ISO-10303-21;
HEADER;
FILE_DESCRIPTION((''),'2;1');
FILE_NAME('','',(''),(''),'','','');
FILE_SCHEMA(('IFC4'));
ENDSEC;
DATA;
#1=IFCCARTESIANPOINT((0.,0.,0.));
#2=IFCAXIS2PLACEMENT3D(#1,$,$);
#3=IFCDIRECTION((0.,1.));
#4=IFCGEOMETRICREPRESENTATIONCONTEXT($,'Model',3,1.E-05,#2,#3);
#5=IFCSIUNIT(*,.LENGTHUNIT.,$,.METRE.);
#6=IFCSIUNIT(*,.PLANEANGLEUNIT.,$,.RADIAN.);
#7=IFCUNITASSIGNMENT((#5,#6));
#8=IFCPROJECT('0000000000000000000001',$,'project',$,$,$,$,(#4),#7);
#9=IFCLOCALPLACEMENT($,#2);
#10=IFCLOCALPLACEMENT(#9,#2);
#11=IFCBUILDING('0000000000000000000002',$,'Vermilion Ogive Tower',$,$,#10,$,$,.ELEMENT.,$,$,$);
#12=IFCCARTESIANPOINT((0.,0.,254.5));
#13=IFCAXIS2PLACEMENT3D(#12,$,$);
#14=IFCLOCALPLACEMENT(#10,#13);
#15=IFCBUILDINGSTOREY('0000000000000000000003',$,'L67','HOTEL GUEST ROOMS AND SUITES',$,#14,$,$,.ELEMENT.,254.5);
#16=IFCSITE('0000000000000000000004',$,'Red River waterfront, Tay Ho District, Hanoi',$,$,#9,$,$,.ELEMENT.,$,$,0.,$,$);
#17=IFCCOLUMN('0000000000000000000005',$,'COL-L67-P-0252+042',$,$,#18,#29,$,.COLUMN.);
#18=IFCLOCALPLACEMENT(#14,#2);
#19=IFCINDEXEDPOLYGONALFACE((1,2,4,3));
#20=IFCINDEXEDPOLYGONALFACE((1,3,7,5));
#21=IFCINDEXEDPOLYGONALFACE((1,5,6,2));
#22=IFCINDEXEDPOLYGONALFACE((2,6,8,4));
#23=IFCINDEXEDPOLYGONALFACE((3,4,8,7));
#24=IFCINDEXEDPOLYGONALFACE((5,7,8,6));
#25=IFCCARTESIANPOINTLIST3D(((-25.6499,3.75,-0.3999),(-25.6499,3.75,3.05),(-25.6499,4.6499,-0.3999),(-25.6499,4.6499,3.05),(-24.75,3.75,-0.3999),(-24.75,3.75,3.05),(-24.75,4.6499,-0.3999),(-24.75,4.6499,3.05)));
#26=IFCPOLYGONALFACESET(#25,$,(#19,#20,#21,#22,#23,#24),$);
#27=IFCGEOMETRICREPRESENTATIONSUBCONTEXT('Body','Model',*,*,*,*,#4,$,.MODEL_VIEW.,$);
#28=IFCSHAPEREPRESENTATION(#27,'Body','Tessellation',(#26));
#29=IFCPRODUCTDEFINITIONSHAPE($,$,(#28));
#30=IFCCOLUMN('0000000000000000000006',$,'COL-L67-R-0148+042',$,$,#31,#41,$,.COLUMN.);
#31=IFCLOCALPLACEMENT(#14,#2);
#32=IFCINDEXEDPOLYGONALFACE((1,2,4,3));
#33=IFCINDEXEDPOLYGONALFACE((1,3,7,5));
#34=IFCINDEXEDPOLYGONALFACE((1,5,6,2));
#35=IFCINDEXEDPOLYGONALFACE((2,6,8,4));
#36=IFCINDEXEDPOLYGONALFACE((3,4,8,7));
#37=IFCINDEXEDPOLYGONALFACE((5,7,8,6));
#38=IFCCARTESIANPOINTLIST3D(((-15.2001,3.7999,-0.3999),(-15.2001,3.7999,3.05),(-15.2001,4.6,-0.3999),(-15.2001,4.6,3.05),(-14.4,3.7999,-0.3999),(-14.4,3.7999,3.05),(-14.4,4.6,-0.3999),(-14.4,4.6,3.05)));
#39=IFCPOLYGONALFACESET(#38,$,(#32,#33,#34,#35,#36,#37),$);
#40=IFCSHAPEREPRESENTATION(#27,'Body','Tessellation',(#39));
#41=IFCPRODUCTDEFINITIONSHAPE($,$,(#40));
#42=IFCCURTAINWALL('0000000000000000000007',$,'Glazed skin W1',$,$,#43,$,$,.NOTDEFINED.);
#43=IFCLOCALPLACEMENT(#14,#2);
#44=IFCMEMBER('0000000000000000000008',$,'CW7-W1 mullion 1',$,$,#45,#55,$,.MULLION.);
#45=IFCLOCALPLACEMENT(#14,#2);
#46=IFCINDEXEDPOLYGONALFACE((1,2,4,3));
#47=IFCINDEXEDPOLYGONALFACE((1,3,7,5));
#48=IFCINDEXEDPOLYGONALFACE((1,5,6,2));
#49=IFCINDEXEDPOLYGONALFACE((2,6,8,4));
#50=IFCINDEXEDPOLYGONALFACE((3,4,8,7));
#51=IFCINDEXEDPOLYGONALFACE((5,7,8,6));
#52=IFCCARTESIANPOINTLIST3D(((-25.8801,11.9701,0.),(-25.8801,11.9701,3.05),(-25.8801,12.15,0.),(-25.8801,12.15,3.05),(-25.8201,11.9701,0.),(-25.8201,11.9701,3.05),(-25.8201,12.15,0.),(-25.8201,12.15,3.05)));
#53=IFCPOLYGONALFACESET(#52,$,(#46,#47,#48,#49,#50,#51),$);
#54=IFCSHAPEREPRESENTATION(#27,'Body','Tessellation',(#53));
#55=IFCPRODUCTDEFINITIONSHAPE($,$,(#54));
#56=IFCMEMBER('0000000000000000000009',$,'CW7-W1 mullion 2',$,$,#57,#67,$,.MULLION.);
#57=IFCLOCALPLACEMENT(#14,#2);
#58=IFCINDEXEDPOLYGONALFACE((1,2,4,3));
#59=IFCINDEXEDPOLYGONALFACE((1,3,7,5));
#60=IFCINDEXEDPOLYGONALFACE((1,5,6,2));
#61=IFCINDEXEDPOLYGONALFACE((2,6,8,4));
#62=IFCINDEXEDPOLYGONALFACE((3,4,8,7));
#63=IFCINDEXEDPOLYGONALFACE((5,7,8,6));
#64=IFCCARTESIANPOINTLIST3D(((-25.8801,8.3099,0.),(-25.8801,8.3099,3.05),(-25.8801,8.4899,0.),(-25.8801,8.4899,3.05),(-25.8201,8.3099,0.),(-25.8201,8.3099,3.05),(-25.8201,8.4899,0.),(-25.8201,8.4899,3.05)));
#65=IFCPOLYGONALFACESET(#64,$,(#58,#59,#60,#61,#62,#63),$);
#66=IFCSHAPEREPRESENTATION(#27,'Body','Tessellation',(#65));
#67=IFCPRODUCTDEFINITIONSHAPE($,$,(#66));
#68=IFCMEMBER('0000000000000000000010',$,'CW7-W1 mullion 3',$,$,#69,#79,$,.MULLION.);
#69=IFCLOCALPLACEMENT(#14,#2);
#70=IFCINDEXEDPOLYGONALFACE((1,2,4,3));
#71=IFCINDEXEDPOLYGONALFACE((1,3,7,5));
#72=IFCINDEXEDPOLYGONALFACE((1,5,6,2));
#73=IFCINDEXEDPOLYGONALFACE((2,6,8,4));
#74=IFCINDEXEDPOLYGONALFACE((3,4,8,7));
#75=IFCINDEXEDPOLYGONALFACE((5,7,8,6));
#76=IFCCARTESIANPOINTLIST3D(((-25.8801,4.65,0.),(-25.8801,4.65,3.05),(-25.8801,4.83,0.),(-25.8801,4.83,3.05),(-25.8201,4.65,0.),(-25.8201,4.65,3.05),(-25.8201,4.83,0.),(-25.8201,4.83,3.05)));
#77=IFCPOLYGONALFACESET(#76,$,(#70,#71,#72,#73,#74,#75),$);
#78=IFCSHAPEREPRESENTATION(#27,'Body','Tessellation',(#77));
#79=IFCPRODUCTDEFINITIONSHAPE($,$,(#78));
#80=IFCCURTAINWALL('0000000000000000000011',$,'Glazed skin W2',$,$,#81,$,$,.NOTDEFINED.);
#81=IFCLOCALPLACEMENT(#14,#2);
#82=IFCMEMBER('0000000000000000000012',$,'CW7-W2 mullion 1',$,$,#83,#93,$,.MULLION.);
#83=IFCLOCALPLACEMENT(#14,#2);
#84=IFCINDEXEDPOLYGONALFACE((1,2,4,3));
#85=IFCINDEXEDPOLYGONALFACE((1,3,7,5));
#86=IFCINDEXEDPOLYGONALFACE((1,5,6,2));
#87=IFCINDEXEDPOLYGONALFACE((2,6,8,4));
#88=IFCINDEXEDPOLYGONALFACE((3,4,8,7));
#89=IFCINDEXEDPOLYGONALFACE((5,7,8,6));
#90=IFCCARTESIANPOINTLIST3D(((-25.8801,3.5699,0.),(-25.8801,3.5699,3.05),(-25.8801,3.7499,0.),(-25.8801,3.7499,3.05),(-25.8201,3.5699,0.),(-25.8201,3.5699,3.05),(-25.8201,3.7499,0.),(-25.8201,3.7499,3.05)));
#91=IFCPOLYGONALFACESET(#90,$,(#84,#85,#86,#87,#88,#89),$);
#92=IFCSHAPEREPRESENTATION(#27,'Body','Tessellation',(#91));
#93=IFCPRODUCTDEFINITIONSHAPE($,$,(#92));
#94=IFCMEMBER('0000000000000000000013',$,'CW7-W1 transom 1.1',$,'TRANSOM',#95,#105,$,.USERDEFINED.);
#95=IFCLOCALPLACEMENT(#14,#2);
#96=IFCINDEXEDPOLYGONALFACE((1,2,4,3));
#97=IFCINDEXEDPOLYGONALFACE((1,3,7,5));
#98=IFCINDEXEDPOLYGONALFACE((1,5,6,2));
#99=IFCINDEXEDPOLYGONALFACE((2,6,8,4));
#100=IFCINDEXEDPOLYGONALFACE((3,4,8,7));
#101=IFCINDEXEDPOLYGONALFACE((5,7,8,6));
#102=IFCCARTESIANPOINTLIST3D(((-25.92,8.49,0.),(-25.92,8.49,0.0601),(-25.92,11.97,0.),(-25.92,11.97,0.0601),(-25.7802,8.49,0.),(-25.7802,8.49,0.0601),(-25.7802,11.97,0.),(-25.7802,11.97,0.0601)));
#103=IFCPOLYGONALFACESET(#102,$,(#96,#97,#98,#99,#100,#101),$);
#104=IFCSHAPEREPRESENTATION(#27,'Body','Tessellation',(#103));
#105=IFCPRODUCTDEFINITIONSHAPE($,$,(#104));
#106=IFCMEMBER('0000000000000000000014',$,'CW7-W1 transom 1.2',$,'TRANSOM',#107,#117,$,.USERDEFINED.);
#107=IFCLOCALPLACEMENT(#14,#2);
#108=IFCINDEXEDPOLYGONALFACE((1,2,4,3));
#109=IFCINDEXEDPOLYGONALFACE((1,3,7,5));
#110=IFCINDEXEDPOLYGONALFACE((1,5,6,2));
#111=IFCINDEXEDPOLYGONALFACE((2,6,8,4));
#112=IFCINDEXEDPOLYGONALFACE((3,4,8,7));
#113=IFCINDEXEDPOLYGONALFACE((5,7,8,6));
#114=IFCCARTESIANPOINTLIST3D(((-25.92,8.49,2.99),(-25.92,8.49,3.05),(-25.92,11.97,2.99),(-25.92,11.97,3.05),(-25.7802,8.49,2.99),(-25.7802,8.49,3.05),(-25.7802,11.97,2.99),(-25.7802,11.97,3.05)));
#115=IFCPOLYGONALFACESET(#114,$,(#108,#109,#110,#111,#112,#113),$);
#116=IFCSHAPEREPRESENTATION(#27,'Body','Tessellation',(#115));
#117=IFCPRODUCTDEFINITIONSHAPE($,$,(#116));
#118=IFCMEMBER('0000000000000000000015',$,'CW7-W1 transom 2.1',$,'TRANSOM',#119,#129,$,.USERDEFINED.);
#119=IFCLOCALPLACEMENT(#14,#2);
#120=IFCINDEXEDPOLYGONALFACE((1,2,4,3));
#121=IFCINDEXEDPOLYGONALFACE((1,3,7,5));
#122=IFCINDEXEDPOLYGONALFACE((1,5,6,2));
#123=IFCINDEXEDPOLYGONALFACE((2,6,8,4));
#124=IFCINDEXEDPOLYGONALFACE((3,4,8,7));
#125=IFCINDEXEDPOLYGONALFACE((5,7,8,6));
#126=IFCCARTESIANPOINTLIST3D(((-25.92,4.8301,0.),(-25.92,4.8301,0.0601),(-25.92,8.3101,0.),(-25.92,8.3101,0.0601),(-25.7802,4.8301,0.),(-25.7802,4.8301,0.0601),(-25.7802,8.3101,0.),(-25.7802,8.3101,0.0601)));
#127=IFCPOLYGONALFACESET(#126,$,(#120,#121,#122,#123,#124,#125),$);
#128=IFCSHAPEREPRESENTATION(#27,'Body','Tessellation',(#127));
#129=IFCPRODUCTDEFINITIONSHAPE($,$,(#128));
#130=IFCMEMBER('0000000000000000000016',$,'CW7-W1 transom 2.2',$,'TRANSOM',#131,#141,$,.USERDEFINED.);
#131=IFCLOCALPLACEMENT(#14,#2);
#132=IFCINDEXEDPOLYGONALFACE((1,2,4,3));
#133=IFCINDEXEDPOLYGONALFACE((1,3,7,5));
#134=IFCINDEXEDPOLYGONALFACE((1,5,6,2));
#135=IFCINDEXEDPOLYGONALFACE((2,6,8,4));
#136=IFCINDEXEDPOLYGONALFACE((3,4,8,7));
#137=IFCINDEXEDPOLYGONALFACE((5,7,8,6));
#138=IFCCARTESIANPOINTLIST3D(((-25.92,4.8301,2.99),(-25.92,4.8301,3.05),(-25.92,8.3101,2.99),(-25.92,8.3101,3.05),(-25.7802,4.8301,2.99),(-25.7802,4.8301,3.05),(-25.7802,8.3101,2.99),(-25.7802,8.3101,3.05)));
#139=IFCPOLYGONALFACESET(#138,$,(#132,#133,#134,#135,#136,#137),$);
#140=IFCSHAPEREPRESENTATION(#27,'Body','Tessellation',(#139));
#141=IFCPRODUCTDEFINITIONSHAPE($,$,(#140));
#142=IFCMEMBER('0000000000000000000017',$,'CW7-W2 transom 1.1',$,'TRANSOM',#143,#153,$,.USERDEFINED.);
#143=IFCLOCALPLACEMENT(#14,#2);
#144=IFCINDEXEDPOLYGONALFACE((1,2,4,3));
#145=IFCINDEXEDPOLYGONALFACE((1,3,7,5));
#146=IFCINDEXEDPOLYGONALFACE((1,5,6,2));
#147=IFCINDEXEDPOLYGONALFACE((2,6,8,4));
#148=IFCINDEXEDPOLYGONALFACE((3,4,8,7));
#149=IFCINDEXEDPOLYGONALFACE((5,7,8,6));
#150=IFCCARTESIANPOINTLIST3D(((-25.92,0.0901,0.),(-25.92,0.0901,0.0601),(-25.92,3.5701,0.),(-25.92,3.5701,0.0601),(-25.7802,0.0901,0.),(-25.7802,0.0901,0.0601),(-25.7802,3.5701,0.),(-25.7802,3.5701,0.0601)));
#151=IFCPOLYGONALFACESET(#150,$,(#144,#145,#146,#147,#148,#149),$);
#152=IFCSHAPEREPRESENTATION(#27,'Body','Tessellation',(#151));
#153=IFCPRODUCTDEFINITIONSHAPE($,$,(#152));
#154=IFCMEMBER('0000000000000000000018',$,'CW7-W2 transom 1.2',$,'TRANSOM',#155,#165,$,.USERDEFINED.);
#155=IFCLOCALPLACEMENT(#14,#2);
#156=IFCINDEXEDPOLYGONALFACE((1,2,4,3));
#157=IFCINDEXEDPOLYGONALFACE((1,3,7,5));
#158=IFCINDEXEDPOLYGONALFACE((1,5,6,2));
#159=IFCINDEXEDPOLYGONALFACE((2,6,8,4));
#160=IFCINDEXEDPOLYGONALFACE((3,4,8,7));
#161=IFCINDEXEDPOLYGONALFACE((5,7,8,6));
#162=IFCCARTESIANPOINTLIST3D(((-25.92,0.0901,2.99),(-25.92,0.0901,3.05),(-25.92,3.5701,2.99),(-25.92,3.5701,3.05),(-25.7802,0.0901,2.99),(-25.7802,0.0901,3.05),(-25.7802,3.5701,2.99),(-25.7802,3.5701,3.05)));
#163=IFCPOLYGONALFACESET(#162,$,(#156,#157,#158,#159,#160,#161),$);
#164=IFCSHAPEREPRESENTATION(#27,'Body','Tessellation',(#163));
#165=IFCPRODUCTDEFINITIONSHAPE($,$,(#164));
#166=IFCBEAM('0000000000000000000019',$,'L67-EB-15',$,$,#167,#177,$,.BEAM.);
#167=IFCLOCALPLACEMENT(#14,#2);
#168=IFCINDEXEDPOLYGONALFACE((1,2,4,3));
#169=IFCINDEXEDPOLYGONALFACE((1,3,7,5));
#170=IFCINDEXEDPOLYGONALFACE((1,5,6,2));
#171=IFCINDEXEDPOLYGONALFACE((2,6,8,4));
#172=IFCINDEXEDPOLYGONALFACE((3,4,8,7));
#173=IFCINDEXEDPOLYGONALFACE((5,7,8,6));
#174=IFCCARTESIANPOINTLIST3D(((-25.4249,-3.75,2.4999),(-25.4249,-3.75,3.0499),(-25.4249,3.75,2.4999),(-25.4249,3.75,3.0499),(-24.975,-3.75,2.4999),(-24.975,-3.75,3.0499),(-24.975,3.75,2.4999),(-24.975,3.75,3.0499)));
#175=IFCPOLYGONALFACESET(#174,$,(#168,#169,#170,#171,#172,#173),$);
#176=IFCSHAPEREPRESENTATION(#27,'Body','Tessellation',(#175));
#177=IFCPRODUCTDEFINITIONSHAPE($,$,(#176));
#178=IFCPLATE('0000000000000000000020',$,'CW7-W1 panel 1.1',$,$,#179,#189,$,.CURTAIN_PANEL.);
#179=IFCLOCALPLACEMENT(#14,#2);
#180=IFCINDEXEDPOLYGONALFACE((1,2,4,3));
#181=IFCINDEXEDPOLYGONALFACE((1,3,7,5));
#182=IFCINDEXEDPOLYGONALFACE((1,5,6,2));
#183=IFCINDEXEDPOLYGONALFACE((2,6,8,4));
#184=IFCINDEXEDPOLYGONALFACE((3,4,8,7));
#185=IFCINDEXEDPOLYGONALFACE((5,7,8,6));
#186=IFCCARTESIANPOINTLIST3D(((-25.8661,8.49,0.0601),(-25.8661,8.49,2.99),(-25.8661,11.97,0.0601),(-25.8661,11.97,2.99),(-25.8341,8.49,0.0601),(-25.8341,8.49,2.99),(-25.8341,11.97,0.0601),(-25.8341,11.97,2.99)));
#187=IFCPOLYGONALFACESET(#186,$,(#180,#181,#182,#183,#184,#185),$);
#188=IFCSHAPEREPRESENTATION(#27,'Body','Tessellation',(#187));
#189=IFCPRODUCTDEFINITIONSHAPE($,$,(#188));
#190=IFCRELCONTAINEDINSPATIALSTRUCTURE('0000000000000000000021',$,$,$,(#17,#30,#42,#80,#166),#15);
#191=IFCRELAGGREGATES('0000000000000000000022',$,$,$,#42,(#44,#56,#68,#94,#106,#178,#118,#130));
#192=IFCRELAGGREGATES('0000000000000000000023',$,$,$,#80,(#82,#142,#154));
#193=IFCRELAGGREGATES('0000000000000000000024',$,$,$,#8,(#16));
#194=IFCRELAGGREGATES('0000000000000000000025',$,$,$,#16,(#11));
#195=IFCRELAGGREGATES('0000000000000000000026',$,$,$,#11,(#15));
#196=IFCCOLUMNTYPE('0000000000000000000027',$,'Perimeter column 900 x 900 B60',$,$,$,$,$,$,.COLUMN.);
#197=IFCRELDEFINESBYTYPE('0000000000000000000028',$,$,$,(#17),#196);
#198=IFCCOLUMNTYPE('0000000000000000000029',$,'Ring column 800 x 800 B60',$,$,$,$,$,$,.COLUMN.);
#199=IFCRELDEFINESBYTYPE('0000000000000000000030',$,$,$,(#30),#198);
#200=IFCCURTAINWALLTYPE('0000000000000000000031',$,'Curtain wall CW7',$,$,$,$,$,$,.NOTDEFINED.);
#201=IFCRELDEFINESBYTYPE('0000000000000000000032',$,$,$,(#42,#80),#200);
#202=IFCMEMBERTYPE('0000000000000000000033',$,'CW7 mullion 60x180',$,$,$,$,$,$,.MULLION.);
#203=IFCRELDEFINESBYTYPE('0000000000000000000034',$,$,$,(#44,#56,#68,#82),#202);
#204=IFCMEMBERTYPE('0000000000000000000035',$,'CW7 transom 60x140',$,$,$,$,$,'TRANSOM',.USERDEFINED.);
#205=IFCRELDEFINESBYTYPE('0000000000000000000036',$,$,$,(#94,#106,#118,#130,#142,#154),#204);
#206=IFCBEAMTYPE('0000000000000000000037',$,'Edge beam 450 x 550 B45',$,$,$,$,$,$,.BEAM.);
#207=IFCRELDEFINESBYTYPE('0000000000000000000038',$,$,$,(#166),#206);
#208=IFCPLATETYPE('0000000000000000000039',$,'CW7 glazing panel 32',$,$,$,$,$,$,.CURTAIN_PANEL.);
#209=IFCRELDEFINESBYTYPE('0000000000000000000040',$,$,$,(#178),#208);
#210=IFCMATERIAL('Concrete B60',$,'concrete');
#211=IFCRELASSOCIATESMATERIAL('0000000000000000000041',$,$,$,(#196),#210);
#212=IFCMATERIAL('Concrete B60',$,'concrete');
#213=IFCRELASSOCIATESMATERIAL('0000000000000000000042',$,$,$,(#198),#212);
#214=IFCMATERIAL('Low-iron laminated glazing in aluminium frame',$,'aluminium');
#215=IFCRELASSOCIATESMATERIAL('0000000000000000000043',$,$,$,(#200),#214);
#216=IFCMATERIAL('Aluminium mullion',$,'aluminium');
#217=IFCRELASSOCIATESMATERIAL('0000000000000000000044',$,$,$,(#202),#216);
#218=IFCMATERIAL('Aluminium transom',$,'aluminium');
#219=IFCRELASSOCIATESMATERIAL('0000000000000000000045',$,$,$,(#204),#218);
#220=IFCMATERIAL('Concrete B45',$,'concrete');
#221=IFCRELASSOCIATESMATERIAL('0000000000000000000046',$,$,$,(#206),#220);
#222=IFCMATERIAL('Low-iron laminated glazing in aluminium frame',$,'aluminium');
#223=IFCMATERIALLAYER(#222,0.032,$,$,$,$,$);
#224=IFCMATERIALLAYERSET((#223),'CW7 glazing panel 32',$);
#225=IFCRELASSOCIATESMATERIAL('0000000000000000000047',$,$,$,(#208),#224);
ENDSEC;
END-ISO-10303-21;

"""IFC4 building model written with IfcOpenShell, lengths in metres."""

from ifc_helpers import new_model, si_unit, direction, frame, origin, origin_2d, place, context, subcontext, project, spatial, rectangle, extrude, material, layer, layer_set, material_profile, profile_set, type_object, element, aggregate, save


model = new_model("IFC4")

# Units and contexts
model_context = context("Model", 3, precision=1e-05, world=origin(), true_north=direction((0.0, 1.0)))
body_context = subcontext(model_context, "Body", "Model", "MODEL_VIEW")
ifc_project = project(units=[si_unit("LENGTHUNIT", "METRE"), si_unit("PLANEANGLEUNIT", "RADIAN")], contexts=[model_context])

# Site, building, storey
site_placement = place(None, origin())
site = spatial("IfcSite", under=ifc_project, at=site_placement, Name="Red River waterfront, Tay Ho District, Hanoi", CompositionType="ELEMENT", RefElevation=0.0)
building_placement = place(site_placement, origin())
building = spatial("IfcBuilding", under=site, at=building_placement, Name="Vermilion Ogive Tower", CompositionType="ELEMENT")
storey_placement = place(building_placement, frame((0.0, 0.0, 254.5)))
storey = spatial("IfcBuildingStorey", under=building, at=storey_placement, Name="L67", Description="HOTEL GUEST ROOMS AND SUITES", CompositionType="ELEMENT", Elevation=254.5)

# Columns
ifc_material_1 = material(Name="Concrete B60", Category="concrete")
ifc_material_profile_1 = material_profile(ifc_material_1, rectangle(XDim=0.8999, YDim=0.8999, at=origin_2d()), Name="900 x 900")
ifc_profile_set_1 = profile_set([ifc_material_profile_1], Name="Concrete B60")
column_type_1 = type_object("IfcColumnType", Name="Perimeter column 900 x 900 B60", PredefinedType="COLUMN", material=ifc_profile_set_1)
column_1_placement = place(storey_placement, frame((-25.2, 4.2, -0.3999), z_axis=(0.0, 0.0, 1.0), x_axis=(1.0, 0.0, 0.0)))
element("IfcColumn", 1, at=column_1_placement, inside=storey, type_object=column_type_1, Name="COL-L67-P-0252+042", PredefinedType="COLUMN", context=body_context, shape_type="SweptSolid", body=[
    extrude(rectangle(XDim=0.8999, YDim=0.8999, at=origin_2d()), origin(), (0.0, 0.0, 1.0), 3.45),
])
ifc_material_2 = material(Name="Concrete B60", Category="concrete")
ifc_material_profile_2 = material_profile(ifc_material_2, rectangle(XDim=0.8, YDim=0.8, at=origin_2d()), Name="800 x 800")
ifc_profile_set_2 = profile_set([ifc_material_profile_2], Name="Concrete B60")
column_type_2 = type_object("IfcColumnType", Name="Ring column 800 x 800 B60", PredefinedType="COLUMN", material=ifc_profile_set_2)
column_2_placement = place(storey_placement, frame((-14.8, 4.2, -0.3999), z_axis=(0.0, 0.0, 1.0), x_axis=(1.0, 0.0, 0.0)))
element("IfcColumn", 2, at=column_2_placement, inside=storey, type_object=column_type_2, Name="COL-L67-R-0148+042", PredefinedType="COLUMN", context=body_context, shape_type="SweptSolid", body=[
    extrude(rectangle(XDim=0.8, YDim=0.8, at=origin_2d()), origin(), (0.0, 0.0, 1.0), 3.45),
])

# Curtain wall, members
ifc_material_3 = material(Name="Low-iron laminated glazing in aluminium frame", Category="aluminium")
curtain_wall_type = type_object("IfcCurtainWallType", Name="Curtain wall CW7", PredefinedType="NOTDEFINED", material=ifc_material_3)
curtain_wall_1_placement = place(storey_placement, origin())
curtain_wall_1 = element("IfcCurtainWall", 3, at=curtain_wall_1_placement, inside=storey, type_object=curtain_wall_type, Name="Glazed skin W1", PredefinedType="NOTDEFINED")
ifc_material_4 = material(Name="Aluminium mullion", Category="aluminium")
ifc_material_profile_3 = material_profile(ifc_material_4, rectangle(XDim=0.0601, YDim=0.1799, at=origin_2d()), Name="AL 60x180")
ifc_profile_set_3 = profile_set([ifc_material_profile_3], Name="Aluminium mullion")
member_type_1 = type_object("IfcMemberType", Name="CW7 mullion 60x180", PredefinedType="MULLION", material=ifc_profile_set_3)
member_1_placement = place(storey_placement, frame((-25.8501, 12.0601, 0.0), z_axis=(0.0, 0.0, 1.0), x_axis=(1.0, 0.0, 0.0)))
member_1 = element("IfcMember", 4, at=member_1_placement, type_object=member_type_1, Name="CW7-W1 mullion 1", PredefinedType="MULLION", context=body_context, shape_type="SweptSolid", body=[
    extrude(rectangle(XDim=0.0601, YDim=0.1799, at=origin_2d()), origin(), (0.0, 0.0, 1.0), 3.05),
])
member_2_placement = place(storey_placement, frame((-25.8501, 8.3999, 0.0), z_axis=(0.0, 0.0, 1.0), x_axis=(1.0, 0.0, 0.0)))
member_2 = element("IfcMember", 5, at=member_2_placement, type_object=member_type_1, Name="CW7-W1 mullion 2", PredefinedType="MULLION", context=body_context, shape_type="SweptSolid", body=[
    extrude(rectangle(XDim=0.0601, YDim=0.1799, at=origin_2d()), origin(), (0.0, 0.0, 1.0), 3.05),
])
member_3_placement = place(storey_placement, frame((-25.8501, 4.74, 0.0), z_axis=(0.0, 0.0, 1.0), x_axis=(1.0, 0.0, 0.0)))
member_3 = element("IfcMember", 6, at=member_3_placement, type_object=member_type_1, Name="CW7-W1 mullion 3", PredefinedType="MULLION", context=body_context, shape_type="SweptSolid", body=[
    extrude(rectangle(XDim=0.0601, YDim=0.1799, at=origin_2d()), origin(), (0.0, 0.0, 1.0), 3.05),
])

# Curtain wall, member
curtain_wall_2_placement = place(storey_placement, origin())
curtain_wall_2 = element("IfcCurtainWall", 7, at=curtain_wall_2_placement, inside=storey, type_object=curtain_wall_type, Name="Glazed skin W2", PredefinedType="NOTDEFINED")
member_4_placement = place(storey_placement, frame((-25.8501, 3.6599, 0.0), z_axis=(0.0, 0.0, 1.0), x_axis=(1.0, 0.0, 0.0)))
member_4 = element("IfcMember", 8, at=member_4_placement, type_object=member_type_1, Name="CW7-W2 mullion 1", PredefinedType="MULLION", context=body_context, shape_type="SweptSolid", body=[
    extrude(rectangle(XDim=0.0601, YDim=0.1799, at=origin_2d()), origin(), (0.0, 0.0, 1.0), 3.05),
])

# Members
ifc_material_5 = material(Name="Aluminium transom", Category="aluminium")
ifc_material_profile_4 = material_profile(ifc_material_5, rectangle(XDim=0.1399, YDim=0.0601, at=origin_2d()), Name="AL 60x140")
ifc_profile_set_4 = profile_set([ifc_material_profile_4], Name="Aluminium transom")
member_type_2 = type_object("IfcMemberType", Name="CW7 transom 60x140", ElementType="TRANSOM", PredefinedType="USERDEFINED", material=ifc_profile_set_4)
member_5_placement = place(storey_placement, frame((-25.8501, 11.97, 0.03), z_axis=(0.0, -1.0, 0.0), x_axis=(1.0, 0.0, 0.0)))
member_5 = element("IfcMember", 9, at=member_5_placement, type_object=member_type_2, Name="CW7-W1 transom 1.1", ObjectType="TRANSOM", PredefinedType="USERDEFINED", context=body_context, shape_type="SweptSolid", body=[
    extrude(rectangle(XDim=0.1399, YDim=0.0601, at=origin_2d()), origin(), (0.0, 0.0, 1.0), 3.48),
])
member_6_placement = place(storey_placement, frame((-25.8501, 11.97, 3.02), z_axis=(0.0, -1.0, 0.0), x_axis=(1.0, 0.0, 0.0)))
member_6 = element("IfcMember", 10, at=member_6_placement, type_object=member_type_2, Name="CW7-W1 transom 1.2", ObjectType="TRANSOM", PredefinedType="USERDEFINED", context=body_context, shape_type="SweptSolid", body=[
    extrude(rectangle(XDim=0.1399, YDim=0.0601, at=origin_2d()), origin(), (0.0, 0.0, 1.0), 3.48),
])
member_7_placement = place(storey_placement, frame((-25.8501, 8.3101, 0.03), z_axis=(0.0, -1.0, 0.0), x_axis=(1.0, 0.0, 0.0)))
member_7 = element("IfcMember", 11, at=member_7_placement, type_object=member_type_2, Name="CW7-W1 transom 2.1", ObjectType="TRANSOM", PredefinedType="USERDEFINED", context=body_context, shape_type="SweptSolid", body=[
    extrude(rectangle(XDim=0.1399, YDim=0.0601, at=origin_2d()), origin(), (0.0, 0.0, 1.0), 3.48),
])
member_8_placement = place(storey_placement, frame((-25.8501, 8.3101, 3.02), z_axis=(0.0, -1.0, 0.0), x_axis=(1.0, 0.0, 0.0)))
member_8 = element("IfcMember", 12, at=member_8_placement, type_object=member_type_2, Name="CW7-W1 transom 2.2", ObjectType="TRANSOM", PredefinedType="USERDEFINED", context=body_context, shape_type="SweptSolid", body=[
    extrude(rectangle(XDim=0.1399, YDim=0.0601, at=origin_2d()), origin(), (0.0, 0.0, 1.0), 3.48),
])
member_9_placement = place(storey_placement, frame((-25.8501, 3.5701, 0.03), z_axis=(0.0, -1.0, 0.0), x_axis=(1.0, 0.0, 0.0)))
member_9 = element("IfcMember", 13, at=member_9_placement, type_object=member_type_2, Name="CW7-W2 transom 1.1", ObjectType="TRANSOM", PredefinedType="USERDEFINED", context=body_context, shape_type="SweptSolid", body=[
    extrude(rectangle(XDim=0.1399, YDim=0.0601, at=origin_2d()), origin(), (0.0, 0.0, 1.0), 3.48),
])
member_10_placement = place(storey_placement, frame((-25.8501, 3.5701, 3.02), z_axis=(0.0, -1.0, 0.0), x_axis=(1.0, 0.0, 0.0)))
member_10 = element("IfcMember", 14, at=member_10_placement, type_object=member_type_2, Name="CW7-W2 transom 1.2", ObjectType="TRANSOM", PredefinedType="USERDEFINED", context=body_context, shape_type="SweptSolid", body=[
    extrude(rectangle(XDim=0.1399, YDim=0.0601, at=origin_2d()), origin(), (0.0, 0.0, 1.0), 3.48),
])

# Beam
ifc_material_6 = material(Name="Concrete B45", Category="concrete")
ifc_material_profile_5 = material_profile(ifc_material_6, rectangle(XDim=0.45, YDim=0.55, at=origin_2d()), Name="450 x 550")
ifc_profile_set_5 = profile_set([ifc_material_profile_5], Name="Concrete B45")
beam_type = type_object("IfcBeamType", Name="Edge beam 450 x 550 B45", PredefinedType="BEAM", material=ifc_profile_set_5)
beam_placement = place(storey_placement, frame((-25.2, 3.75, 2.7749), z_axis=(0.0, -1.0, 0.0), x_axis=(1.0, 0.0, 0.0)))
element("IfcBeam", 15, at=beam_placement, inside=storey, type_object=beam_type, Name="L67-EB-15", PredefinedType="BEAM", context=body_context, shape_type="SweptSolid", body=[
    extrude(rectangle(XDim=0.45, YDim=0.55, at=origin_2d()), origin(), (0.0, 0.0, 1.0), 7.5),
])

# Plate
ifc_material_7 = material(Name="Low-iron laminated glazing in aluminium frame", Category="aluminium")
ifc_layer_1 = layer(ifc_material_7, 0.032)
ifc_layer_set_1 = layer_set([ifc_layer_1], Name="CW7 glazing panel 32")
plate_type = type_object("IfcPlateType", Name="CW7 glazing panel 32", PredefinedType="CURTAIN_PANEL", material=ifc_layer_set_1)
plate_1_placement = place(storey_placement, frame((-25.8501, 10.23, 0.0601), z_axis=(0.0, 0.0, 1.0), x_axis=(0.0, -1.0, 0.0)))
plate_1 = element("IfcPlate", 16, at=plate_1_placement, type_object=plate_type, Name="CW7-W1 panel 1.1", PredefinedType="CURTAIN_PANEL", context=body_context, shape_type="SweptSolid", body=[
    extrude(rectangle(XDim=3.48, YDim=0.032, at=origin_2d()), origin(), (0.0, 0.0, 1.0), 2.9299),
])
aggregate(curtain_wall_1, [member_1, member_2, member_3, member_5, member_6, plate_1, member_7, member_8])
aggregate(curtain_wall_2, [member_4, member_9, member_10])

save(model, "model.ifc")
